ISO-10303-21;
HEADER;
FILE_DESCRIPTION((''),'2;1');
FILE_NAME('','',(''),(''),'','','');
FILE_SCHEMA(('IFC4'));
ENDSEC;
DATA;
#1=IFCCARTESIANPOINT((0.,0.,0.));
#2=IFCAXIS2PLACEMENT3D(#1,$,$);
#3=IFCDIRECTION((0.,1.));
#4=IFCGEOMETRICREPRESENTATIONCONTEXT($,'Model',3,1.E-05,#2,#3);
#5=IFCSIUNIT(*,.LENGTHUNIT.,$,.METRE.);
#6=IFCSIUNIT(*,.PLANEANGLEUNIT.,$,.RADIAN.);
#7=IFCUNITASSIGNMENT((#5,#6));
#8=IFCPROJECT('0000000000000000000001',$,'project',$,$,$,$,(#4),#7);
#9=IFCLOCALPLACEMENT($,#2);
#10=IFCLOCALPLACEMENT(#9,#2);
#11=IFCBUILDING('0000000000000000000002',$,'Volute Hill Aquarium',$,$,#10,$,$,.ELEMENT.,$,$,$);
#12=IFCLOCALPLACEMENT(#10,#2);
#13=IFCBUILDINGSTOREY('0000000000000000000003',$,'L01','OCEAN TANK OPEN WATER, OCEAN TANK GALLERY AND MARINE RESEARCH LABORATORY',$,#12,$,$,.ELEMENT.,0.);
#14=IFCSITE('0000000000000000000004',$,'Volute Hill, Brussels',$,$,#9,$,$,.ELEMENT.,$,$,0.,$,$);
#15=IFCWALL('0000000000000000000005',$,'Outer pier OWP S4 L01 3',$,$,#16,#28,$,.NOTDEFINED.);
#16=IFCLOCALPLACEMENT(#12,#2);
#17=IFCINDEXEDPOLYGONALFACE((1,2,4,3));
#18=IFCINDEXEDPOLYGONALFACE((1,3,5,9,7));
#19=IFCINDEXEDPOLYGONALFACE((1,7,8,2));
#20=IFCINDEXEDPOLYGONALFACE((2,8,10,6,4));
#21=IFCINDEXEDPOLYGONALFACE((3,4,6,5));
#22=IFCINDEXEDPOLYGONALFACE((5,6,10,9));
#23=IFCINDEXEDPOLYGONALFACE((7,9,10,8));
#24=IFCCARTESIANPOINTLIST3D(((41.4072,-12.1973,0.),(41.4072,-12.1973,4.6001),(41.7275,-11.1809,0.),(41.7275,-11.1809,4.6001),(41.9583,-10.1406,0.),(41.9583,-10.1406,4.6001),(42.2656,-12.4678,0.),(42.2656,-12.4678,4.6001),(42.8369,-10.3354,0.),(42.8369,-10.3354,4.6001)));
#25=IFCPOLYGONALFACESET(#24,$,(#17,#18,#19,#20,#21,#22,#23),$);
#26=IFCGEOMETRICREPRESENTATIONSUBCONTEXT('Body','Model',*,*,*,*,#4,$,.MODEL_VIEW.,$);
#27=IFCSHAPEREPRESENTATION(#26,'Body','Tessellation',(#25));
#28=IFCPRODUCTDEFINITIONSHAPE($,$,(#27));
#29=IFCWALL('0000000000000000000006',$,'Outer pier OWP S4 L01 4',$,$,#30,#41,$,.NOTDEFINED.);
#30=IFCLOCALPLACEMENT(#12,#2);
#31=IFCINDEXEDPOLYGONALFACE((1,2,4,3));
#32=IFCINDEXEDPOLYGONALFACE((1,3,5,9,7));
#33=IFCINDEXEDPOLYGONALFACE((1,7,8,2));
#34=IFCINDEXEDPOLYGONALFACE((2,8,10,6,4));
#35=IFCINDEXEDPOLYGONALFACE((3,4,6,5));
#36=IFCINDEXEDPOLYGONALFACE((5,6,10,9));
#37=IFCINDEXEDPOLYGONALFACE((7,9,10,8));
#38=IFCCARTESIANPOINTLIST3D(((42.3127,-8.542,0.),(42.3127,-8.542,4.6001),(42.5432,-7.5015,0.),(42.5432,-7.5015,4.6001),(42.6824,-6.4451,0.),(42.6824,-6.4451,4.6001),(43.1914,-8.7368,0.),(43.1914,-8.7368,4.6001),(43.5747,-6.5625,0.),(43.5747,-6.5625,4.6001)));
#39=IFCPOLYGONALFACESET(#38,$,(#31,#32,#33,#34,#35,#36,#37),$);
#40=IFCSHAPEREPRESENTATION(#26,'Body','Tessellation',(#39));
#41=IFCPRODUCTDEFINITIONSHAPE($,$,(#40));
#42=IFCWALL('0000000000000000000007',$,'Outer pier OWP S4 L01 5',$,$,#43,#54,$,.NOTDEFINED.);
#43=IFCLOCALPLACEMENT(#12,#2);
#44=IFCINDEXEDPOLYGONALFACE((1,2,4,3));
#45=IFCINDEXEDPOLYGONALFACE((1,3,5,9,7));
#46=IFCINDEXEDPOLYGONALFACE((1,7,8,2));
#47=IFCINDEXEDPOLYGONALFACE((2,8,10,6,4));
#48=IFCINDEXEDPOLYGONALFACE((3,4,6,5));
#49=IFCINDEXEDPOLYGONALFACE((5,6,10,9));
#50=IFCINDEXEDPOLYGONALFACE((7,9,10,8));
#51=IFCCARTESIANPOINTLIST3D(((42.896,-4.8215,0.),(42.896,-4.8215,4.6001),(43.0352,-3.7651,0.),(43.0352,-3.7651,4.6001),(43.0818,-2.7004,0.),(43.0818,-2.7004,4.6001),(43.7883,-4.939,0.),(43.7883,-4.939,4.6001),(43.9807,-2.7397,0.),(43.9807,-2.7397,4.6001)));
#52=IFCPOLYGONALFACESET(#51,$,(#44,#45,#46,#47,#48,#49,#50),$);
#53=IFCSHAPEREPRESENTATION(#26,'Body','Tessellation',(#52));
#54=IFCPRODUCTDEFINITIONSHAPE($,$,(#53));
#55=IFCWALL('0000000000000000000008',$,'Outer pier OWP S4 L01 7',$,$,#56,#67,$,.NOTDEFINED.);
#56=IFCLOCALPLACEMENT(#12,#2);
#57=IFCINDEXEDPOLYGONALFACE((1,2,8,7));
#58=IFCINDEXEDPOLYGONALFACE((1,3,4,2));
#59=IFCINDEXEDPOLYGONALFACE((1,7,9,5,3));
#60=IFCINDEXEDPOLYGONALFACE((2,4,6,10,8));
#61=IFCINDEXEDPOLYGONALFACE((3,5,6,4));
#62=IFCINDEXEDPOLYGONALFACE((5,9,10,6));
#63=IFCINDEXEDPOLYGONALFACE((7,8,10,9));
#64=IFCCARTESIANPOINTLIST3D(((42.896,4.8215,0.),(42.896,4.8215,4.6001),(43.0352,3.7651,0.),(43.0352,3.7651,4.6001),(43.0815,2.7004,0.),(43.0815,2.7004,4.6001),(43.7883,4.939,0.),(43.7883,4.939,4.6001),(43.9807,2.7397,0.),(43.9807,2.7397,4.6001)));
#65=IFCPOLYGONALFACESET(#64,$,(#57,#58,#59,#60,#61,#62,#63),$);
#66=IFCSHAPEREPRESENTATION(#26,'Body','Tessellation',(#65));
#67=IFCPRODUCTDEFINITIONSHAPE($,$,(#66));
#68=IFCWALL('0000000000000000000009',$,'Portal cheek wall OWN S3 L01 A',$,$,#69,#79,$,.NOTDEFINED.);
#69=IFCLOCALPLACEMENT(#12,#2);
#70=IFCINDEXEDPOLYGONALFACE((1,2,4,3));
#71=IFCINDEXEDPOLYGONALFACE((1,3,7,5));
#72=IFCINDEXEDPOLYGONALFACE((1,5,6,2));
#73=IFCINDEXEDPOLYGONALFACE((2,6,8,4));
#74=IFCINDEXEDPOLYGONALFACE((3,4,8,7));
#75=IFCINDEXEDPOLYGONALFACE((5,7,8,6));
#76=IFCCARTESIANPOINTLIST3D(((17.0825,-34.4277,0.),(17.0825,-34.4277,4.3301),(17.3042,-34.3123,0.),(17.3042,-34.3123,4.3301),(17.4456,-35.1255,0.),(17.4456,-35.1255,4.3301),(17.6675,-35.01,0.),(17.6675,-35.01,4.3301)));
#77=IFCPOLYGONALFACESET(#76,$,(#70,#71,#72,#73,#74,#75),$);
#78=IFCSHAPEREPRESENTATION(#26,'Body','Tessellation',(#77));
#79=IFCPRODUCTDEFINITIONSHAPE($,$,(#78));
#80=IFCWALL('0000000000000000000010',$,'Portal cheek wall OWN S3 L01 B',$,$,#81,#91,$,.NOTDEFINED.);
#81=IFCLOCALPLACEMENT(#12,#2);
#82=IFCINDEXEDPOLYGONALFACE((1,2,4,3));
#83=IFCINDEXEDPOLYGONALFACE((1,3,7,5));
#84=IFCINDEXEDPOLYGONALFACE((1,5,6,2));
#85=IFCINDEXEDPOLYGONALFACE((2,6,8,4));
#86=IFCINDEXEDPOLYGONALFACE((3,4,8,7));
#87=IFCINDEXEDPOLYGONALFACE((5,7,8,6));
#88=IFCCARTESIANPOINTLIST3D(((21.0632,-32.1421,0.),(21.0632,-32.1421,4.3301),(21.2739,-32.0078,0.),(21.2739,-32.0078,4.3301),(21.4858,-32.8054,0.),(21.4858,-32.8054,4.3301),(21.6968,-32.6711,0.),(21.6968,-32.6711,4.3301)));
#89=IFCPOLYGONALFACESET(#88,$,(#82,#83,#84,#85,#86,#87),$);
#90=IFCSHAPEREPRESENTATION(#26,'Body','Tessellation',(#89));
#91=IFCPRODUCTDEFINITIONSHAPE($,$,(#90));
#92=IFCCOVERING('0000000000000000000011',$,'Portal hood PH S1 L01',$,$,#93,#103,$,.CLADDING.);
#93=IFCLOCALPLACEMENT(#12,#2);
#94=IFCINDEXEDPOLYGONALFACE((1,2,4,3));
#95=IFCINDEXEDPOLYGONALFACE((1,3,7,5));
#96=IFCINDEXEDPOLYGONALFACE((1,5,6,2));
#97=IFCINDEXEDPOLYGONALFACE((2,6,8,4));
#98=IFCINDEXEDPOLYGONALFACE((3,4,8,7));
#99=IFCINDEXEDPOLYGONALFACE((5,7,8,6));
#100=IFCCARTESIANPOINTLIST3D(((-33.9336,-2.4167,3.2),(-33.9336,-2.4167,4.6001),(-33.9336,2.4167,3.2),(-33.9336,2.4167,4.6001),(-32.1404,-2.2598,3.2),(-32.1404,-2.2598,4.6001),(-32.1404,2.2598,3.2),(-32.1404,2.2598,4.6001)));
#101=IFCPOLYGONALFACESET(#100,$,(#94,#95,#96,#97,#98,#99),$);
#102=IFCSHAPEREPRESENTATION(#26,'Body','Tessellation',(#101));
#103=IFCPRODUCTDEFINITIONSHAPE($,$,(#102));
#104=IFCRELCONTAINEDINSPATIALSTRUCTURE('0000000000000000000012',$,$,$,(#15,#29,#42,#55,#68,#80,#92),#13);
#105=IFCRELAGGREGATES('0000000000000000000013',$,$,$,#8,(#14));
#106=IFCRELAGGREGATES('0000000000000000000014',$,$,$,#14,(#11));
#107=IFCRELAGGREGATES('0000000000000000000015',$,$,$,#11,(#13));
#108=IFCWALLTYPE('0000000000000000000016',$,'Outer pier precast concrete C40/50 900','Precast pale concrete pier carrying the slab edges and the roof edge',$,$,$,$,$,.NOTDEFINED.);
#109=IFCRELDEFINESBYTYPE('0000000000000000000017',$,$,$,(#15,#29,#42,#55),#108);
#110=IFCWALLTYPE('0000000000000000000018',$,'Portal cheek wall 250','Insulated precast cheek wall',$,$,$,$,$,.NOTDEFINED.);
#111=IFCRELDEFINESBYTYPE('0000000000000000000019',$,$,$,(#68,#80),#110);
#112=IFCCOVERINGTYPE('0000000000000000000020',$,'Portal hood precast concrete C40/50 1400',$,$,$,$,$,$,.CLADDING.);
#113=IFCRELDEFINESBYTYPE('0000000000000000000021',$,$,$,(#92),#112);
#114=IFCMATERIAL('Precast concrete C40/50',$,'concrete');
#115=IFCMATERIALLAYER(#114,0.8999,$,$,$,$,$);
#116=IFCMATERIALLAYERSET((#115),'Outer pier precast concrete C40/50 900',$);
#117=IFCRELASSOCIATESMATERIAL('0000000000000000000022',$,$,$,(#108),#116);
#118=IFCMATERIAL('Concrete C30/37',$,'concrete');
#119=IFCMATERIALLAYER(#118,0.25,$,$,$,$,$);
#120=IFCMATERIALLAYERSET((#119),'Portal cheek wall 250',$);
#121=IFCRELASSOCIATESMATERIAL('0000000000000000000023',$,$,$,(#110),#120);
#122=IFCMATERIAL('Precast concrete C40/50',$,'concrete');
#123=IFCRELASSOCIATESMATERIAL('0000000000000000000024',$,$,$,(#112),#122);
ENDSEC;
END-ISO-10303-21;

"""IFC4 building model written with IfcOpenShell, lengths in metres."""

from ifc_helpers import new_model, si_unit, direction, frame, origin, place, context, subcontext, project, spatial, polyline, outline, extrude, material, layer, layer_set, type_object, element, save


model = new_model("IFC4")

# Units and contexts
model_context = context("Model", 3, precision=1e-05, world=origin(), true_north=direction((0.0, 1.0)))
body_context = subcontext(model_context, "Body", "Model", "MODEL_VIEW")
ifc_project = project(units=[si_unit("LENGTHUNIT", "METRE"), si_unit("PLANEANGLEUNIT", "RADIAN")], contexts=[model_context])

# Site, building, storey
site_placement = place(None, origin())
site = spatial("IfcSite", under=ifc_project, at=site_placement, Name="Volute Hill, Brussels", CompositionType="ELEMENT", RefElevation=0.0)
building_placement = place(site_placement, origin())
building = spatial("IfcBuilding", under=site, at=building_placement, Name="Volute Hill Aquarium", CompositionType="ELEMENT")
storey_placement = place(building_placement, origin())
storey = spatial("IfcBuildingStorey", under=building, at=storey_placement, Name="L01", Description="OCEAN TANK OPEN WATER, OCEAN TANK GALLERY AND MARINE RESEARCH LABORATORY", CompositionType="ELEMENT", Elevation=0.0)

# Walls
ifc_material_1 = material(Name="Precast concrete C40/50", Category="concrete")
ifc_layer_1 = layer(ifc_material_1, 0.8999)
ifc_layer_set_1 = layer_set([ifc_layer_1], Name="Outer pier precast concrete C40/50 900")
wall_type_1 = type_object("IfcWallType", Name="Outer pier precast concrete C40/50 900", Description="Precast pale concrete pier carrying the slab edges and the roof edge", PredefinedType="NOTDEFINED", material=ifc_layer_set_1)
wall_1_placement = place(storey_placement, origin())
element("IfcWall", 1, at=wall_1_placement, inside=storey, type_object=wall_type_1, Name="Outer pier OWP S4 L01 3", PredefinedType="NOTDEFINED", context=body_context, shape_type="SweptSolid", body=[
    extrude(outline(polyline([(41.4072, -12.1973), (42.2656, -12.4678), (42.8369, -10.3354), (41.9583, -10.1406), (41.7275, -11.1809), (41.4072, -12.1973)])), origin(), (0.0, 0.0, 1.0), 4.6001),
])
wall_2_placement = place(storey_placement, origin())
element("IfcWall", 2, at=wall_2_placement, inside=storey, type_object=wall_type_1, Name="Outer pier OWP S4 L01 4", PredefinedType="NOTDEFINED", context=body_context, shape_type="SweptSolid", body=[
    extrude(outline(polyline([(42.3127, -8.542), (43.1914, -8.7368), (43.5747, -6.5625), (42.6824, -6.4451), (42.5432, -7.5015), (42.3127, -8.542)])), origin(), (0.0, 0.0, 1.0), 4.6001),
])
wall_3_placement = place(storey_placement, origin())
element("IfcWall", 3, at=wall_3_placement, inside=storey, type_object=wall_type_1, Name="Outer pier OWP S4 L01 5", PredefinedType="NOTDEFINED", context=body_context, shape_type="SweptSolid", body=[
    extrude(outline(polyline([(42.896, -4.8215), (43.7883, -4.939), (43.9807, -2.7397), (43.0818, -2.7004), (43.0352, -3.7651), (42.896, -4.8215)])), origin(), (0.0, 0.0, 1.0), 4.6001),
])
wall_4_placement = place(storey_placement, origin())
element("IfcWall", 4, at=wall_4_placement, inside=storey, type_object=wall_type_1, Name="Outer pier OWP S4 L01 7", PredefinedType="NOTDEFINED", context=body_context, shape_type="SweptSolid", body=[
    extrude(outline(polyline([(43.0815, 2.7004), (43.9807, 2.7397), (43.7883, 4.939), (42.896, 4.8215), (43.0352, 3.7651), (43.0815, 2.7004)])), origin(), (0.0, 0.0, 1.0), 4.6001),
])
ifc_material_2 = material(Name="Concrete C30/37", Category="concrete")
ifc_layer_2 = layer(ifc_material_2, 0.25)
ifc_layer_set_2 = layer_set([ifc_layer_2], Name="Portal cheek wall 250")
wall_type_2 = type_object("IfcWallType", Name="Portal cheek wall 250", Description="Insulated precast cheek wall", PredefinedType="NOTDEFINED", material=ifc_layer_set_2)
wall_5_placement = place(storey_placement, origin())
element("IfcWall", 5, at=wall_5_placement, inside=storey, type_object=wall_type_2, Name="Portal cheek wall OWN S3 L01 A", PredefinedType="NOTDEFINED", context=body_context, shape_type="SweptSolid", body=[
    extrude(outline(polyline([(17.4456, -35.1255), (17.6675, -35.01), (17.3042, -34.3123), (17.0825, -34.4277), (17.4456, -35.1255)])), origin(), (0.0, 0.0, 1.0), 4.3301),
])
wall_6_placement = place(storey_placement, origin())
element("IfcWall", 6, at=wall_6_placement, inside=storey, type_object=wall_type_2, Name="Portal cheek wall OWN S3 L01 B", PredefinedType="NOTDEFINED", context=body_context, shape_type="SweptSolid", body=[
    extrude(outline(polyline([(21.6968, -32.6711), (21.2739, -32.0078), (21.0632, -32.1421), (21.4858, -32.8054), (21.6968, -32.6711)])), origin(), (0.0, 0.0, 1.0), 4.3301),
])

# Covering
ifc_material_3 = material(Name="Precast concrete C40/50", Category="concrete")
covering_type = type_object("IfcCoveringType", Name="Portal hood precast concrete C40/50 1400", PredefinedType="CLADDING", material=ifc_material_3)
covering_placement = place(storey_placement, frame((0.0, 0.0, 3.2)))
element("IfcCovering", 7, at=covering_placement, inside=storey, type_object=covering_type, Name="Portal hood PH S1 L01", PredefinedType="CLADDING", context=body_context, shape_type="SweptSolid", body=[
    extrude(outline(polyline([(-32.1404, 2.2598), (-33.9336, 2.4167), (-33.9336, -2.4167), (-32.1404, -2.2598), (-32.1404, 2.2598)])), origin(), (0.0, 0.0, 1.0), 1.4001),
])

save(model, "model.ifc")
